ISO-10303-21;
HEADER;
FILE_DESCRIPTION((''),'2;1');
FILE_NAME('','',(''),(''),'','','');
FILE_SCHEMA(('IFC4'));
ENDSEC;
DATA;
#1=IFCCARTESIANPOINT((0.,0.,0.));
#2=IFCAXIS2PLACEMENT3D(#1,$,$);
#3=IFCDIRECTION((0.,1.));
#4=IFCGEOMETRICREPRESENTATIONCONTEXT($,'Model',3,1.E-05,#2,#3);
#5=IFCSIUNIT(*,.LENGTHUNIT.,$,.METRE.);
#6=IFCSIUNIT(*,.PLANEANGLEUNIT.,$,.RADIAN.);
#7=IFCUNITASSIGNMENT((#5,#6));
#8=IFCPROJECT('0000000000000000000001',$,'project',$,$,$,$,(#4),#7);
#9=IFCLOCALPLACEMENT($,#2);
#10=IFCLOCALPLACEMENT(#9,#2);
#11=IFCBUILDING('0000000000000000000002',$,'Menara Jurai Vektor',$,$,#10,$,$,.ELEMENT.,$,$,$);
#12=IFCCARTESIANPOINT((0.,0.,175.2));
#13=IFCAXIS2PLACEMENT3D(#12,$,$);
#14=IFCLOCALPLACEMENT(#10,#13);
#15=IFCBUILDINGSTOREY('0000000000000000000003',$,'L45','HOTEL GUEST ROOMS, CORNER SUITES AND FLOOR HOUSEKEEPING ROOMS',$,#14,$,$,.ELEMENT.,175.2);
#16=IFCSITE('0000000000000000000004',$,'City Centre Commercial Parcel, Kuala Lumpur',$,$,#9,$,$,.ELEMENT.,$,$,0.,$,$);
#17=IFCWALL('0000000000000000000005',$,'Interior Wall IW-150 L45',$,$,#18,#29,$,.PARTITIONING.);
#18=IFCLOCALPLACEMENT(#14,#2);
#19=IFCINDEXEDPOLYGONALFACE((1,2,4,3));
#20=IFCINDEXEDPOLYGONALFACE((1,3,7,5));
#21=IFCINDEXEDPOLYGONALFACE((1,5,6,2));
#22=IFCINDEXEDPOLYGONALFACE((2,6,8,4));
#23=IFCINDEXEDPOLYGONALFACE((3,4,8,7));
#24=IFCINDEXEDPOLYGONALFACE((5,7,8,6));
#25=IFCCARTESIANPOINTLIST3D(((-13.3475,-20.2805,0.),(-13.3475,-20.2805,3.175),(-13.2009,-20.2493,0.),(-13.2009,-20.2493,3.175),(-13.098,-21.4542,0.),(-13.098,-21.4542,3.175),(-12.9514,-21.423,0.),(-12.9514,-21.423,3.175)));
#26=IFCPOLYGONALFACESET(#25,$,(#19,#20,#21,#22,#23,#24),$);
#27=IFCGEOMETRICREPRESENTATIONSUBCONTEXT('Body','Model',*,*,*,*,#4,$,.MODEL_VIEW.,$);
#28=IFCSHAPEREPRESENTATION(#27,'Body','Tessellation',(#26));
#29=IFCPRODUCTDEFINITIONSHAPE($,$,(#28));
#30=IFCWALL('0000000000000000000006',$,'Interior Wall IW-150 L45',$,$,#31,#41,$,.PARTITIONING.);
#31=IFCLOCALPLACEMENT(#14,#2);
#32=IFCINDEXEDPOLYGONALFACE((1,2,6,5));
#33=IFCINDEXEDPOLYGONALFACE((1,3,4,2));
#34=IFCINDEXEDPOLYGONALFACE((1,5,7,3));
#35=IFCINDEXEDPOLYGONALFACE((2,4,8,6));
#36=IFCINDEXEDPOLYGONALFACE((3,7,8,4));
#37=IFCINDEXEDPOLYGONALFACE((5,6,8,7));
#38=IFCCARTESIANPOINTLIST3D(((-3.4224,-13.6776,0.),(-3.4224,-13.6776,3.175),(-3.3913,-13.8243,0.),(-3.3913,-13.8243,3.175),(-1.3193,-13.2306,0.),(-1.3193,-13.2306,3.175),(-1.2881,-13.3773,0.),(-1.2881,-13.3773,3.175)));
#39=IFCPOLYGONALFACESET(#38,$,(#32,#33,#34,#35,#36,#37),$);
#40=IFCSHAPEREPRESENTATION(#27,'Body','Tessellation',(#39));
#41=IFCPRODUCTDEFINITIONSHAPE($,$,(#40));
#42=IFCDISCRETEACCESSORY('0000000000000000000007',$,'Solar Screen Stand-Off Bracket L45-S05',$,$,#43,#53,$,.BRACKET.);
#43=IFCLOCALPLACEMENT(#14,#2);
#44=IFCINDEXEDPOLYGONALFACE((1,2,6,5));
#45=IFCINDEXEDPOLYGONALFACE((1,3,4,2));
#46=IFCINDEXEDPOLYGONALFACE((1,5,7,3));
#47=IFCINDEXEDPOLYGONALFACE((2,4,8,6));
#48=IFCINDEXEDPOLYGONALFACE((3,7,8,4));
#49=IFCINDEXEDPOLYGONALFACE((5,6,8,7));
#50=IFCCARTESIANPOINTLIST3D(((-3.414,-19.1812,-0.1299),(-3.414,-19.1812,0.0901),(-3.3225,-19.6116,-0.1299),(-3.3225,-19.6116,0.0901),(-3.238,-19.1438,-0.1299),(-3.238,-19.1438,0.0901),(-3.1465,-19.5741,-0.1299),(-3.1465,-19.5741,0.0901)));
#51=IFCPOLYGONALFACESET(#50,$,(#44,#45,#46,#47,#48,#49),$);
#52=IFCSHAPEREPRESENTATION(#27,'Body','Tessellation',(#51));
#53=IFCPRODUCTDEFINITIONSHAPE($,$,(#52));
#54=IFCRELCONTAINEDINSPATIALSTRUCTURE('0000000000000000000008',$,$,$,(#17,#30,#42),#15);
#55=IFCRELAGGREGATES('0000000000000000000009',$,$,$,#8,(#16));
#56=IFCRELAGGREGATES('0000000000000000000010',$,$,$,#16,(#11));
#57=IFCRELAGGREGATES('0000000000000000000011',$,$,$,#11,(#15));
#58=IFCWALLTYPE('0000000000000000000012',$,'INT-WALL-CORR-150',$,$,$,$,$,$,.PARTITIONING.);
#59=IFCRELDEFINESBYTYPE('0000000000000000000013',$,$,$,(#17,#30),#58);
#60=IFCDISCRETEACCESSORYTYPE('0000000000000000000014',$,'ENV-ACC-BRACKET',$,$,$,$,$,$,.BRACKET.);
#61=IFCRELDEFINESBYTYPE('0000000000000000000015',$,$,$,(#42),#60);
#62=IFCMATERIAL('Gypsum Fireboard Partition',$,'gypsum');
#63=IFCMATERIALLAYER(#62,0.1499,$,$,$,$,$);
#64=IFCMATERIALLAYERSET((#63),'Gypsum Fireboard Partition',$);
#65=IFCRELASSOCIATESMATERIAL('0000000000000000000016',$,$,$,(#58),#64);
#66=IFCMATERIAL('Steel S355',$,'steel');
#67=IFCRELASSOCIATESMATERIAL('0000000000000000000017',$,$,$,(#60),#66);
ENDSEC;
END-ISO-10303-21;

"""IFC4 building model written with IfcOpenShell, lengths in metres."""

from ifc_helpers import new_model, si_unit, direction, frame, frame_2d, origin, origin_2d, place, context, subcontext, project, spatial, rectangle, extrude, material, layer, layer_set, type_object, element, save


model = new_model("IFC4")

# Units and contexts
model_context = context("Model", 3, precision=1e-05, world=origin(), true_north=direction((0.0, 1.0)))
body_context = subcontext(model_context, "Body", "Model", "MODEL_VIEW")
ifc_project = project(units=[si_unit("LENGTHUNIT", "METRE"), si_unit("PLANEANGLEUNIT", "RADIAN")], contexts=[model_context])

# Site, building, storey
site_placement = place(None, origin())
site = spatial("IfcSite", under=ifc_project, at=site_placement, Name="City Centre Commercial Parcel, Kuala Lumpur", CompositionType="ELEMENT", RefElevation=0.0)
building_placement = place(site_placement, origin())
building = spatial("IfcBuilding", under=site, at=building_placement, Name="Menara Jurai Vektor", CompositionType="ELEMENT")
storey_placement = place(building_placement, frame((0.0, 0.0, 175.2)))
storey = spatial("IfcBuildingStorey", under=building, at=storey_placement, Name="L45", Description="HOTEL GUEST ROOMS, CORNER SUITES AND FLOOR HOUSEKEEPING ROOMS", CompositionType="ELEMENT", Elevation=175.2)

# Shared definitions
ifc_material_1 = material(Name="Steel S355", Category="steel")

# Shared definitions
ifc_material_2 = material(Name="Gypsum Fireboard Partition", Category="gypsum")
ifc_layer_1 = layer(ifc_material_2, 0.1499)
ifc_layer_set_1 = layer_set([ifc_layer_1], Name="Gypsum Fireboard Partition")
wall_type = type_object("IfcWallType", Name="INT-WALL-CORR-150", PredefinedType="PARTITIONING", material=ifc_layer_set_1)

# Walls
wall_1_placement = place(storey_placement, frame((-13.0247, -21.4387, 0.0), z_axis=(0.0, 0.0, 1.0), x_axis=(-0.207917, 0.978146, 0.0)))
element("IfcWall", 1, at=wall_1_placement, inside=storey, type_object=wall_type, Name="Interior Wall IW-150 L45", PredefinedType="PARTITIONING", context=body_context, shape_type="SweptSolid", body=[
    extrude(rectangle(XDim=1.2, YDim=0.1499, at=frame_2d((0.6001, 0.0))), origin(), (0.0, 0.0, 1.0), 3.175),
])
wall_2_placement = place(storey_placement, frame((-3.407, -13.751, 0.0), z_axis=(0.0, 0.0, 1.0), x_axis=(0.978152, 0.207893, 0.0)))
element("IfcWall", 2, at=wall_2_placement, inside=storey, type_object=wall_type, Name="Interior Wall IW-150 L45", PredefinedType="PARTITIONING", context=body_context, shape_type="SweptSolid", body=[
    extrude(rectangle(XDim=2.1501, YDim=0.1499, at=frame_2d((1.0752, 0.0))), origin(), (0.0, 0.0, 1.0), 3.175),
])

# Discrete accessory
discrete_accessory_type = type_object("IfcDiscreteAccessoryType", Name="ENV-ACC-BRACKET", PredefinedType="BRACKET", material=ifc_material_1)
discrete_accessory_placement = place(storey_placement, frame((-3.2803, -19.3777, -0.1299), z_axis=(0.0, 0.0, 1.0), x_axis=(0.978148, 0.207912, 0.0)))
element("IfcDiscreteAccessory", 3, at=discrete_accessory_placement, inside=storey, type_object=discrete_accessory_type, Name="Solar Screen Stand-Off Bracket L45-S05", PredefinedType="BRACKET", context=body_context, shape_type="SweptSolid", body=[
    extrude(rectangle(XDim=0.1799, YDim=0.4399, at=origin_2d()), origin(), (0.0, 0.0, 1.0), 0.22),
])

save(model, "model.ifc")
